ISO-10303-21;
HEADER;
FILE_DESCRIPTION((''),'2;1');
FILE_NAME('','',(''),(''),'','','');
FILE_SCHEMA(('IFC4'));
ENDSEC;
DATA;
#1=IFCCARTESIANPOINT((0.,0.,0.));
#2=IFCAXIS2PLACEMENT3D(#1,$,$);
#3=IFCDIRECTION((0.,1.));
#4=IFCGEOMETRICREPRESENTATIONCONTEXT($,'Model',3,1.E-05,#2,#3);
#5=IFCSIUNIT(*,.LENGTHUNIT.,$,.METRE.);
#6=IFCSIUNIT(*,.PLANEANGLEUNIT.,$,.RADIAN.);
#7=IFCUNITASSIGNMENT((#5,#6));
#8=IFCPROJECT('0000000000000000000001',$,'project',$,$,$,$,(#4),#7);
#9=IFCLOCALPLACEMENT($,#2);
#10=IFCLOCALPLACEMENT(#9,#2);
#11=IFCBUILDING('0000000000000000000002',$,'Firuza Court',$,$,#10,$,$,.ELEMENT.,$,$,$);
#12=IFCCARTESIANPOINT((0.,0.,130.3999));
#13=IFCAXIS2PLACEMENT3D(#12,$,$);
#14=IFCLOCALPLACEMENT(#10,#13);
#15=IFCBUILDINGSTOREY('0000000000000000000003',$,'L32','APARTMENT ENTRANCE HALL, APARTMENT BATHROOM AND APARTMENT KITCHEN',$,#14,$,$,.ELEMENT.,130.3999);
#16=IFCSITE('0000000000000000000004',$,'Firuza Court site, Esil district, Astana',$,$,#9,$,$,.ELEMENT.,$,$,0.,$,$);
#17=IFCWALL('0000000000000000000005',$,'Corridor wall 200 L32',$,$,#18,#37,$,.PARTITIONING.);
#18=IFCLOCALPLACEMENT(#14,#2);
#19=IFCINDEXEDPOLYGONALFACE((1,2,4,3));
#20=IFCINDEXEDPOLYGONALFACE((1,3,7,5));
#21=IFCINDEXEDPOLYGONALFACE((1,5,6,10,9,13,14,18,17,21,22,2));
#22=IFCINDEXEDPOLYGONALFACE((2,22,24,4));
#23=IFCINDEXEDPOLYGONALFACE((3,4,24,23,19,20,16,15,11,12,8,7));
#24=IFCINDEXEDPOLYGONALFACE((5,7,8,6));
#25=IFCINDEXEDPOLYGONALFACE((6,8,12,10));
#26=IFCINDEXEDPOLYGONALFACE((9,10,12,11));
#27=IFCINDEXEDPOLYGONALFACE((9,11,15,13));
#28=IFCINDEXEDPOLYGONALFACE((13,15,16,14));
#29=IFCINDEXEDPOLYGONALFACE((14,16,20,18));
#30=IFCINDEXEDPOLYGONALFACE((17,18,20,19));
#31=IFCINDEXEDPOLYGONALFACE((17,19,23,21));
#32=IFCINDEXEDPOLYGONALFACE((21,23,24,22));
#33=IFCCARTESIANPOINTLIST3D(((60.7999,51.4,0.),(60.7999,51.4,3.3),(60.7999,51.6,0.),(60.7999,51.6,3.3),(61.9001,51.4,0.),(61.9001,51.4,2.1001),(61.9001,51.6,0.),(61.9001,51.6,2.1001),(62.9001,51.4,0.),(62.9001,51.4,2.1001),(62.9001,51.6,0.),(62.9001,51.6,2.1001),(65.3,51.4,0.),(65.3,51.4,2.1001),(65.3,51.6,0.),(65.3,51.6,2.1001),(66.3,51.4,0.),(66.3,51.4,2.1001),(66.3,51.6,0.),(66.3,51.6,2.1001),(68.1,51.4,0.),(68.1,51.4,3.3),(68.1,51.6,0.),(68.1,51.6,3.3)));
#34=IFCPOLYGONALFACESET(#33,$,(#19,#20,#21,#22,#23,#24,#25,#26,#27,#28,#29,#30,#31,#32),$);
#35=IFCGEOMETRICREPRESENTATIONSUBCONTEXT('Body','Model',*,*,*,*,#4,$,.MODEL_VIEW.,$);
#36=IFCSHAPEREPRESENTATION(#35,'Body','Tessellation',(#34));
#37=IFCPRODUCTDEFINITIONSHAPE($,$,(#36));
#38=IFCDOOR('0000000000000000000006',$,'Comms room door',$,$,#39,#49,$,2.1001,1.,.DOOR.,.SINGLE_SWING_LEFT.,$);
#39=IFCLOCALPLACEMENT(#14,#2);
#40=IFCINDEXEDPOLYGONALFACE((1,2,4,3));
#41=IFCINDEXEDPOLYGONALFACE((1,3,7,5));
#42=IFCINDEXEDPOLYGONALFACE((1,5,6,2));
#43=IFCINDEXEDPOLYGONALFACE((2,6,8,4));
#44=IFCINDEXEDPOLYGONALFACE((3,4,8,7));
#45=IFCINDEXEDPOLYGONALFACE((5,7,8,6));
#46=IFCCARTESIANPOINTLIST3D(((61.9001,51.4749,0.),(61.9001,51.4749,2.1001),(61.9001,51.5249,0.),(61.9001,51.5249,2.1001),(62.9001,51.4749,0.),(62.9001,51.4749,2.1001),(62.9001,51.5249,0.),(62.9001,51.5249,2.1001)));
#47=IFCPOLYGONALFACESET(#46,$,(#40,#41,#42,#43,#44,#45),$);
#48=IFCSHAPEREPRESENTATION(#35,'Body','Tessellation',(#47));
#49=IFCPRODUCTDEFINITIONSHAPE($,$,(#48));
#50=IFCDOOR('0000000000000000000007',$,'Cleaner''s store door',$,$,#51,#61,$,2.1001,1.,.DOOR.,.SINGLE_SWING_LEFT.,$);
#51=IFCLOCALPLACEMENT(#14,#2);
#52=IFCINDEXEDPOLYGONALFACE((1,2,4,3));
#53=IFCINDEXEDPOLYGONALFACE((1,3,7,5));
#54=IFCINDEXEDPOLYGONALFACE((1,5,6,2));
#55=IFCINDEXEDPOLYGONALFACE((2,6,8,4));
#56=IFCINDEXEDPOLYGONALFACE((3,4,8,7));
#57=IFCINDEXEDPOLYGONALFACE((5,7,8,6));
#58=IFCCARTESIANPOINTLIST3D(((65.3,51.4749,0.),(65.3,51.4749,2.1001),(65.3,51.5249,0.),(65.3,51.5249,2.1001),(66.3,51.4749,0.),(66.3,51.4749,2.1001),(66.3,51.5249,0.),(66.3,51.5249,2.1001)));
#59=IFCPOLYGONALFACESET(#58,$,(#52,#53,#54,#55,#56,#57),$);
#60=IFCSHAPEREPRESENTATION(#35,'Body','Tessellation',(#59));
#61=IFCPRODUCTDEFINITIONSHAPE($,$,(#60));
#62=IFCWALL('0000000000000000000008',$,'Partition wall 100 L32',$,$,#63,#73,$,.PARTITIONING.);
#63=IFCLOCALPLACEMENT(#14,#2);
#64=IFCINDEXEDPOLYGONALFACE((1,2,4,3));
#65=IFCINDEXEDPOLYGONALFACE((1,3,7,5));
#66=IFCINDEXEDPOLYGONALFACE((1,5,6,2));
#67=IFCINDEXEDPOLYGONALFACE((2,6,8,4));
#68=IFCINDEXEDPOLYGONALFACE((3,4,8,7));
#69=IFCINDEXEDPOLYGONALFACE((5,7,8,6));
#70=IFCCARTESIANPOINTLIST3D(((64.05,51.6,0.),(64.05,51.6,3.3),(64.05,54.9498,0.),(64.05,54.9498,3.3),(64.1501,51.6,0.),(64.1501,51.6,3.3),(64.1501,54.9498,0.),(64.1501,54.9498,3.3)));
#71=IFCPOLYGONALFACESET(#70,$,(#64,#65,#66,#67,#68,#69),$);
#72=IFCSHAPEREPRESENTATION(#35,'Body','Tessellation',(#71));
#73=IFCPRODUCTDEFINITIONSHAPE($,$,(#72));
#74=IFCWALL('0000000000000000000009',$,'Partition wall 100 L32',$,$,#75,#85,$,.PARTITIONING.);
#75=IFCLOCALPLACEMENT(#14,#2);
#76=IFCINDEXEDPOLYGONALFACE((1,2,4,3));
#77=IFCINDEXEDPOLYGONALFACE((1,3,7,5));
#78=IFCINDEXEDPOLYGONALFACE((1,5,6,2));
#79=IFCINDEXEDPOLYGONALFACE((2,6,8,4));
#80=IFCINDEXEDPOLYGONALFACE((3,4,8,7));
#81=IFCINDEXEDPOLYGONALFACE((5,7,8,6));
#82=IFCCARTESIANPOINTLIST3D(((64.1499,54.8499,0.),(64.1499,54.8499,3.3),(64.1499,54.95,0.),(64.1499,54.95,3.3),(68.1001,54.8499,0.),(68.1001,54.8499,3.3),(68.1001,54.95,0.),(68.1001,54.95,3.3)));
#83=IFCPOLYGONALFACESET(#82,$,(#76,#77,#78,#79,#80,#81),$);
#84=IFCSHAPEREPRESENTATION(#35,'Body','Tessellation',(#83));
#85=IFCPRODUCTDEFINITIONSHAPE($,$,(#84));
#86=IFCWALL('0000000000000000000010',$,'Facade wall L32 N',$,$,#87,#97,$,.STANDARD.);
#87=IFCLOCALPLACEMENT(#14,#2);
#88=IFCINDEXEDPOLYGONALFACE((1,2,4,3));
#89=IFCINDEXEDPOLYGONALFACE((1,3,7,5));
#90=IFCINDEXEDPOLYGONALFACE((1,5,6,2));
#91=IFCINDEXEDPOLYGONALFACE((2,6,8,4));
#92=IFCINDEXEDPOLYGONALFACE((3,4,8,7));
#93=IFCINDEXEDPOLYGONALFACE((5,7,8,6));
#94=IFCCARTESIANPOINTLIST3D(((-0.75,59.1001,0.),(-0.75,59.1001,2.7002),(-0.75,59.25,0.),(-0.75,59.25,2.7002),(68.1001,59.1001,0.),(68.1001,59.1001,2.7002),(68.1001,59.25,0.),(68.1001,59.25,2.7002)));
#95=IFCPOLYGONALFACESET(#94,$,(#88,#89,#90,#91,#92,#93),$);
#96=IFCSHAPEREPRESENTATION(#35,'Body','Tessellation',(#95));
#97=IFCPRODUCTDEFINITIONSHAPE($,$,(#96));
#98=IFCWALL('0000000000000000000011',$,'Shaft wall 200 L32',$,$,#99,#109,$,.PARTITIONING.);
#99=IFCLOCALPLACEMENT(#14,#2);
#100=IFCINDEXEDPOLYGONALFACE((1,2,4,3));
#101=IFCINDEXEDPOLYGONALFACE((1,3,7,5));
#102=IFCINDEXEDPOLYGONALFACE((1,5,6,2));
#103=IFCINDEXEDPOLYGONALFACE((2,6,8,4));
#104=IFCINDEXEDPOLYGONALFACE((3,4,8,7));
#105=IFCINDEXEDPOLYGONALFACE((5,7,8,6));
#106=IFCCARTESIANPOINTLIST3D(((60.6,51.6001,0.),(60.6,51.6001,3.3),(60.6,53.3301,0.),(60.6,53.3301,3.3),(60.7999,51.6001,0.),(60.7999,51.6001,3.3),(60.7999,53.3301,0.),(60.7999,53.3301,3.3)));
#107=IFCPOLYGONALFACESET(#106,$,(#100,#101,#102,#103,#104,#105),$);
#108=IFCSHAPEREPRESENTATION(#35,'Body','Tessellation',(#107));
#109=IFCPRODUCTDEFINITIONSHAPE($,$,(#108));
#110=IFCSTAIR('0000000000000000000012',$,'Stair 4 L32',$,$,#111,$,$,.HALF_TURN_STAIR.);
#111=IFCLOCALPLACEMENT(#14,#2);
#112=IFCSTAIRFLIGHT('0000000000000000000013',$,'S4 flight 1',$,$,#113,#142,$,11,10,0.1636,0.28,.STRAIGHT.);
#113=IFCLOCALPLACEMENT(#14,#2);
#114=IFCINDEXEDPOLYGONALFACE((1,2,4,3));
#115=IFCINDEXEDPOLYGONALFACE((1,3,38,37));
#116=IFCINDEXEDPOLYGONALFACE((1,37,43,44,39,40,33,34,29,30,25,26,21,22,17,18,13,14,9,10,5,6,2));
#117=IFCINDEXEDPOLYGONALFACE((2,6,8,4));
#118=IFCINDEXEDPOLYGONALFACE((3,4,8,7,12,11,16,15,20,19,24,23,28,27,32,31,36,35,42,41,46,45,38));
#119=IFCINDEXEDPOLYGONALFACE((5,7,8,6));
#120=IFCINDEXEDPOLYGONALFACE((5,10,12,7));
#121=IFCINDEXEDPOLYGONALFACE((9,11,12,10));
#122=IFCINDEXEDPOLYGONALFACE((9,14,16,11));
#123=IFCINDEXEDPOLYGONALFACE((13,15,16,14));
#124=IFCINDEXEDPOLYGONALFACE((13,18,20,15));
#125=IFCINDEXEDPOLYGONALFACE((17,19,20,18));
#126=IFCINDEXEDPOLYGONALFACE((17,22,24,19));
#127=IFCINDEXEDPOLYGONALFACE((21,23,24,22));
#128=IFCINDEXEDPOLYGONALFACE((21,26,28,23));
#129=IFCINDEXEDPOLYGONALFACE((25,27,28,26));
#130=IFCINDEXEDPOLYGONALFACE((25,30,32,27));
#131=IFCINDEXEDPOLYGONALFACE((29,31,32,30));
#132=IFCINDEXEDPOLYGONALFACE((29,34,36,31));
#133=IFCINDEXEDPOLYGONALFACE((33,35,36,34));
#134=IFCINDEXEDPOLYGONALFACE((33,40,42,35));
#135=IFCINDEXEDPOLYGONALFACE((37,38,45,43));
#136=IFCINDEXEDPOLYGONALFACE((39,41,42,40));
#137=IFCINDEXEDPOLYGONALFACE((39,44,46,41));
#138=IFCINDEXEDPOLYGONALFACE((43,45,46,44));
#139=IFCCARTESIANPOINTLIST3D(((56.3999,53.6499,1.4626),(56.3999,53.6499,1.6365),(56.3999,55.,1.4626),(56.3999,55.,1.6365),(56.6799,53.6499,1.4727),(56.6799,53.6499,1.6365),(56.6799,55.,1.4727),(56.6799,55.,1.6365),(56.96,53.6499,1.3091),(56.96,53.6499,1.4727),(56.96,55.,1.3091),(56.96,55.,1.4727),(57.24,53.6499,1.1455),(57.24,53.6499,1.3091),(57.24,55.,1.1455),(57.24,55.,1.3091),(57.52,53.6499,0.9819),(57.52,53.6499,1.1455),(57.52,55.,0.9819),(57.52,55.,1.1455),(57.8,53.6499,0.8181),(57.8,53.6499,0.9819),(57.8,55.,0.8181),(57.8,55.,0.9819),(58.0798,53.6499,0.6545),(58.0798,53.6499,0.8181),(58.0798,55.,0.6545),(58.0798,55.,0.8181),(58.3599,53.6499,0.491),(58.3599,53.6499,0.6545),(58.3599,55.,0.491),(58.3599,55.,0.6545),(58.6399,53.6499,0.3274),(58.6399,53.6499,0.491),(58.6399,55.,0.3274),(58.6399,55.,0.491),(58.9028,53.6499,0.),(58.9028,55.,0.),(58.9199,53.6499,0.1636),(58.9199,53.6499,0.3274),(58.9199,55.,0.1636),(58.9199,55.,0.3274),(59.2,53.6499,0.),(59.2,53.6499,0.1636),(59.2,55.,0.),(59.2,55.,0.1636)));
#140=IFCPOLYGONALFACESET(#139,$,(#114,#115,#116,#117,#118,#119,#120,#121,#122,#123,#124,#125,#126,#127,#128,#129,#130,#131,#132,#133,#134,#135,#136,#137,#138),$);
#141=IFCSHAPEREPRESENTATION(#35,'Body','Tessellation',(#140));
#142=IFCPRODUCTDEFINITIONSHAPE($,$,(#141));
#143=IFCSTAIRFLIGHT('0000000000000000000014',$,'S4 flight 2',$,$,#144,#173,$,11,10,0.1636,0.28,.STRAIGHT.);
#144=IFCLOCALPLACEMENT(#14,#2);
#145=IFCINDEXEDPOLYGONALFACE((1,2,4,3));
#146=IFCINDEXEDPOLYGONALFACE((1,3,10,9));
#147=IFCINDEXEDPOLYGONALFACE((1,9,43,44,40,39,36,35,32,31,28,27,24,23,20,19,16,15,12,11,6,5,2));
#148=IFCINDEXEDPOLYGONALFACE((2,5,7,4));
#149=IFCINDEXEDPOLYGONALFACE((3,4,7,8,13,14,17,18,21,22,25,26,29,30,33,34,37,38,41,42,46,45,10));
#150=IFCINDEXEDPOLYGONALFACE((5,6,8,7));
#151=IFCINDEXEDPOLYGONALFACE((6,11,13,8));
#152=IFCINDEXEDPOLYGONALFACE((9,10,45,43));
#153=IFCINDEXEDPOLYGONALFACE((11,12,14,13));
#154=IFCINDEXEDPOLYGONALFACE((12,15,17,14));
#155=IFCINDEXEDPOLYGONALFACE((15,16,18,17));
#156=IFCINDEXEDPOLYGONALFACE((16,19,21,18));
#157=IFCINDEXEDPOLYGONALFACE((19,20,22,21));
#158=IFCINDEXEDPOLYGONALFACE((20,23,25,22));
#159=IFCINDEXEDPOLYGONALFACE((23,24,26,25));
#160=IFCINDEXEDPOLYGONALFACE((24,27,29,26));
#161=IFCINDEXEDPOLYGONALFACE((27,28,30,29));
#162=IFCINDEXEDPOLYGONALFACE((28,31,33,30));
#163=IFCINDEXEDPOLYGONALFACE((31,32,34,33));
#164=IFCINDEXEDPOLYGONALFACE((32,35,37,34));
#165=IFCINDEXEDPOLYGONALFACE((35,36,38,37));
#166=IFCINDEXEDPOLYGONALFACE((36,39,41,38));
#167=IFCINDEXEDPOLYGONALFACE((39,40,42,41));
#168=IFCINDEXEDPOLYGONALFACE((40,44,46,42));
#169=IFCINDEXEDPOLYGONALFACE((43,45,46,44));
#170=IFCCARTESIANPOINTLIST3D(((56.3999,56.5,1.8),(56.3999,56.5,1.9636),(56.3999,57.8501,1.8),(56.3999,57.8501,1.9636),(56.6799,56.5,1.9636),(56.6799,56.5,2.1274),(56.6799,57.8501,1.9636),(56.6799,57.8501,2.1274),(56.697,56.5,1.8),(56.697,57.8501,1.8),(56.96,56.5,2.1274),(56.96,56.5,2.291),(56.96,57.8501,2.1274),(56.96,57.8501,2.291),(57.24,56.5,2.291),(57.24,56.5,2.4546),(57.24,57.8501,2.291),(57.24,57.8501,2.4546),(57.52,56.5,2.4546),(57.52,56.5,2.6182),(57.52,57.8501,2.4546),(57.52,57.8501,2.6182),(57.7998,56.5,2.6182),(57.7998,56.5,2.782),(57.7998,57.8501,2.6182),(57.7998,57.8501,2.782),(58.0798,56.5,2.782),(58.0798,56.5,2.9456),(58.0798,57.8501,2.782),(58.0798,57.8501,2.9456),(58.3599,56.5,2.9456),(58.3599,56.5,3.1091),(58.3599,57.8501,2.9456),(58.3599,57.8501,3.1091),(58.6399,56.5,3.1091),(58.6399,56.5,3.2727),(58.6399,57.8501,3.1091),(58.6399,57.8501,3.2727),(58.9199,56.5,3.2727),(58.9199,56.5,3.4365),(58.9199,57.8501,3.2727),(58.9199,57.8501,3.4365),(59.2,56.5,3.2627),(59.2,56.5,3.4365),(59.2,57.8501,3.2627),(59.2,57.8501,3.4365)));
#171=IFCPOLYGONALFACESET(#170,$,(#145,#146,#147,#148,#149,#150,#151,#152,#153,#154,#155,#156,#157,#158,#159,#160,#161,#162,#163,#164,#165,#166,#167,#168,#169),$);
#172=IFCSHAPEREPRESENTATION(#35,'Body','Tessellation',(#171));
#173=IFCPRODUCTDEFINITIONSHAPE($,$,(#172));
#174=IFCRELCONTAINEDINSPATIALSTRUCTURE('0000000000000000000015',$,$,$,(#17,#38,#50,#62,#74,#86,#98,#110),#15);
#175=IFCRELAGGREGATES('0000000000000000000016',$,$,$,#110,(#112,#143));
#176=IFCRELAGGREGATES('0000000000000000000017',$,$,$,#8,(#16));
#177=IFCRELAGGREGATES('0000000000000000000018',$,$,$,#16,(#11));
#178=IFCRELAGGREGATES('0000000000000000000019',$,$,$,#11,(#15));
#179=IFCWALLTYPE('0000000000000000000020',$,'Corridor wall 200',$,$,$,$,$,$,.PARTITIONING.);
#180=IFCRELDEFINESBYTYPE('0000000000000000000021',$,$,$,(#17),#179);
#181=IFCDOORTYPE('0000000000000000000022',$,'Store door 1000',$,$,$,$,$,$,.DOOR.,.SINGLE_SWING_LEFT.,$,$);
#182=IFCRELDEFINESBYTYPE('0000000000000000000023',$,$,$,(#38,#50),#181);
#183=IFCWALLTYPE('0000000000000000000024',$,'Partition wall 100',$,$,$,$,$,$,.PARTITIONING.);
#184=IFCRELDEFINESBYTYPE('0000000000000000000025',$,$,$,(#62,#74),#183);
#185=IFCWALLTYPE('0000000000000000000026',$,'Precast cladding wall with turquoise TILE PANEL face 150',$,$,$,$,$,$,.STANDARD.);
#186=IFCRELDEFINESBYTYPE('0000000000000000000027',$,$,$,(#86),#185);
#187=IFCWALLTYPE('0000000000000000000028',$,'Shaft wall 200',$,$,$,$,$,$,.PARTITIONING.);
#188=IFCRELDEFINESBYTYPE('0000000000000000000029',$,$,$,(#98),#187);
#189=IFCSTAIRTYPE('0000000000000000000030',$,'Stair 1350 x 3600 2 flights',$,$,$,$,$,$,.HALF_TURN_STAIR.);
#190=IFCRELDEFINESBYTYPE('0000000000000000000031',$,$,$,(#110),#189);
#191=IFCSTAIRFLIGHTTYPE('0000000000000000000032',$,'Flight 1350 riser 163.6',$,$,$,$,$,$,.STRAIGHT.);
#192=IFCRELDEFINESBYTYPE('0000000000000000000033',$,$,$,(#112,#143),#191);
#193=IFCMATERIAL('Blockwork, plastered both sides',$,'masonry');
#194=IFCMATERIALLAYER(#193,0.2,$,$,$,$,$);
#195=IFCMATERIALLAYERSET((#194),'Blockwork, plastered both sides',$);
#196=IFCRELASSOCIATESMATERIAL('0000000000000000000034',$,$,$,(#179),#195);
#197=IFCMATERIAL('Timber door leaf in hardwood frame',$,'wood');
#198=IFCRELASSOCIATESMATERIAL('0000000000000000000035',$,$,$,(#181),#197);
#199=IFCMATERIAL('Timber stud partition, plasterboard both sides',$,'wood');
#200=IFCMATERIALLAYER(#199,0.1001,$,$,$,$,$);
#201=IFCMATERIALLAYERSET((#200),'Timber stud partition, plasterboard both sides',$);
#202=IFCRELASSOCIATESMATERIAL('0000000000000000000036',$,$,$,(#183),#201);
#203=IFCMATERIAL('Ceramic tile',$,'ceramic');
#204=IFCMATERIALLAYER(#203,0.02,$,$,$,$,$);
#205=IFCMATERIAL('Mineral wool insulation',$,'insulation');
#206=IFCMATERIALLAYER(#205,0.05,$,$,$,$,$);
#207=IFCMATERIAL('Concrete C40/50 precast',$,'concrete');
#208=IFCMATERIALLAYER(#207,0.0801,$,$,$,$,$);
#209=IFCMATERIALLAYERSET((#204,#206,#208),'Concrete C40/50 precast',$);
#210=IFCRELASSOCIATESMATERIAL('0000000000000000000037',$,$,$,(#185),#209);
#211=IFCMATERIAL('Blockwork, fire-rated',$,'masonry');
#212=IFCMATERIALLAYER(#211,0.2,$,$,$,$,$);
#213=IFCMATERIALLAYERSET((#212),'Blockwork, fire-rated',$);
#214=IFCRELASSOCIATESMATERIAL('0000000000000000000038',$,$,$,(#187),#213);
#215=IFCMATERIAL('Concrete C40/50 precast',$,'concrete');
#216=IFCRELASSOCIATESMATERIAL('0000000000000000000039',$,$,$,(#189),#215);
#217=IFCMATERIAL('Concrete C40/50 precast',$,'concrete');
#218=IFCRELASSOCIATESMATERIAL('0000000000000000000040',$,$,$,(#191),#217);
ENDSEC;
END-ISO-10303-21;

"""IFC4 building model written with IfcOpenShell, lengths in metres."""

from ifc_helpers import new_model, si_unit, direction, frame, frame_2d, origin, place, context, subcontext, project, spatial, polyline, rectangle, outline, extrude, material, layer, layer_set, type_object, element, fill, aggregate, save


model = new_model("IFC4")

# Units and contexts
model_context = context("Model", 3, precision=1e-05, world=origin(), true_north=direction((0.0, 1.0)))
body_context = subcontext(model_context, "Body", "Model", "MODEL_VIEW")
ifc_project = project(units=[si_unit("LENGTHUNIT", "METRE"), si_unit("PLANEANGLEUNIT", "RADIAN")], contexts=[model_context])

# Site, building, storey
site_placement = place(None, origin())
site = spatial("IfcSite", under=ifc_project, at=site_placement, Name="Firuza Court site, Esil district, Astana", CompositionType="ELEMENT", RefElevation=0.0)
building_placement = place(site_placement, origin())
building = spatial("IfcBuilding", under=site, at=building_placement, Name="Firuza Court", CompositionType="ELEMENT")
storey_placement = place(building_placement, frame((0.0, 0.0, 130.3999)))
storey = spatial("IfcBuildingStorey", under=building, at=storey_placement, Name="L32", Description="APARTMENT ENTRANCE HALL, APARTMENT BATHROOM AND APARTMENT KITCHEN", CompositionType="ELEMENT", Elevation=130.3999)

# Shared definitions
ifc_material_1 = material(Name="Blockwork, plastered both sides", Category="masonry")
ifc_layer_1 = layer(ifc_material_1, 0.2)
ifc_layer_set_1 = layer_set([ifc_layer_1], Name="Blockwork, plastered both sides")
wall_type_1 = type_object("IfcWallType", Name="Corridor wall 200", PredefinedType="PARTITIONING", material=ifc_layer_set_1)

# Wall, openings, doors
wall_1_placement = place(storey_placement, frame((60.8, 51.5, 0.0), z_axis=(0.0, 0.0, 1.0), x_axis=(1.0, 0.0, 0.0)))
wall_1 = element("IfcWall", 1, at=wall_1_placement, inside=storey, type_object=wall_type_1, Name="Corridor wall 200 L32", PredefinedType="PARTITIONING", context=body_context, shape_type="SweptSolid", body=[
    extrude(rectangle(XDim=7.3, YDim=0.2, at=frame_2d((3.6499, 0.0))), origin(), (0.0, 0.0, 1.0), 3.3),
])
opening_1_placement = place(wall_1_placement, frame((1.1001, 0.0, 0.0)))
opening_1 = element("IfcOpeningElement", 2, at=opening_1_placement, cuts=wall_1, PredefinedType="OPENING", context=body_context, shape_type="SweptSolid", body=[
    extrude(rectangle(XDim=1.0, YDim=2.1001, at=frame_2d((0.5, 1.05))), frame((0.0, 0.1118, 0.0), z_axis=(0.0, -1.0, 0.0), x_axis=(1.0, 0.0, 0.0)), (0.0, 0.0, 1.0), 0.2239),
])
opening_2_placement = place(wall_1_placement, frame((4.5, 0.0, 0.0)))
opening_2 = element("IfcOpeningElement", 3, at=opening_2_placement, cuts=wall_1, PredefinedType="OPENING", context=body_context, shape_type="SweptSolid", body=[
    extrude(rectangle(XDim=1.0, YDim=2.1001, at=frame_2d((0.5, 1.05))), frame((0.0, 0.1118, 0.0), z_axis=(0.0, -1.0, 0.0), x_axis=(1.0, 0.0, 0.0)), (0.0, 0.0, 1.0), 0.2239),
])
ifc_material_2 = material(Name="Timber door leaf in hardwood frame", Category="wood")
door_type_1 = type_object("IfcDoorType", Name="Store door 1000", OperationType="SINGLE_SWING_LEFT", PredefinedType="DOOR", material=ifc_material_2)
door_1_placement = place(opening_1_placement, origin())
door_1 = element("IfcDoor", 4, at=door_1_placement, inside=storey, type_object=door_type_1, Name="Comms room door", OperationType="SINGLE_SWING_LEFT", OverallHeight=2.1001, OverallWidth=1.0, PredefinedType="DOOR", context=body_context, shape_type="SweptSolid", body=[
    extrude(rectangle(XDim=1.0, YDim=2.1001, at=frame_2d((0.5, 1.05))), frame((0.0, 0.0249, 0.0), z_axis=(0.0, -1.0, 0.0), x_axis=(1.0, 0.0, 0.0)), (0.0, 0.0, 1.0), 0.05),
])
fill(opening_1, door_1)
door_2_placement = place(opening_2_placement, origin())
door_2 = element("IfcDoor", 5, at=door_2_placement, inside=storey, type_object=door_type_1, Name="Cleaner's store door", OperationType="SINGLE_SWING_LEFT", OverallHeight=2.1001, OverallWidth=1.0, PredefinedType="DOOR", context=body_context, shape_type="SweptSolid", body=[
    extrude(rectangle(XDim=1.0, YDim=2.1001, at=frame_2d((0.5, 1.05))), frame((0.0, 0.0249, 0.0), z_axis=(0.0, -1.0, 0.0), x_axis=(1.0, 0.0, 0.0)), (0.0, 0.0, 1.0), 0.05),
])
fill(opening_2, door_2)

# Walls
ifc_material_3 = material(Name="Timber stud partition, plasterboard both sides", Category="wood")
ifc_layer_2 = layer(ifc_material_3, 0.1001)
ifc_layer_set_2 = layer_set([ifc_layer_2], Name="Timber stud partition, plasterboard both sides")
wall_type_2 = type_object("IfcWallType", Name="Partition wall 100", PredefinedType="PARTITIONING", material=ifc_layer_set_2)
wall_2_placement = place(storey_placement, frame((64.1001, 51.6001, 0.0), z_axis=(0.0, 0.0, 1.0), x_axis=(0.0, 1.0, 0.0)))
element("IfcWall", 6, at=wall_2_placement, inside=storey, type_object=wall_type_2, Name="Partition wall 100 L32", PredefinedType="PARTITIONING", context=body_context, shape_type="SweptSolid", body=[
    extrude(rectangle(XDim=3.3499, YDim=0.1001, at=frame_2d((1.6748, 0.0))), origin(), (0.0, 0.0, 1.0), 3.3),
])
wall_3_placement = place(storey_placement, frame((64.1499, 54.8999, 0.0), z_axis=(0.0, 0.0, 1.0), x_axis=(1.0, 0.0, 0.0)))
element("IfcWall", 7, at=wall_3_placement, inside=storey, type_object=wall_type_2, Name="Partition wall 100 L32", PredefinedType="PARTITIONING", context=body_context, shape_type="SweptSolid", body=[
    extrude(rectangle(XDim=3.9502, YDim=0.1001, at=frame_2d((1.9751, 0.0))), origin(), (0.0, 0.0, 1.0), 3.3),
])
ifc_material_4 = material(Name="Ceramic tile", Category="ceramic")
ifc_layer_3 = layer(ifc_material_4, 0.02)
ifc_material_5 = material(Name="Mineral wool insulation", Category="insulation")
ifc_layer_4 = layer(ifc_material_5, 0.05)
ifc_material_6 = material(Name="Concrete C40/50 precast", Category="concrete")
ifc_layer_5 = layer(ifc_material_6, 0.0801)
ifc_layer_set_3 = layer_set([ifc_layer_3, ifc_layer_4, ifc_layer_5], Name="Concrete C40/50 precast")
wall_type_3 = type_object("IfcWallType", Name="Precast cladding wall with turquoise TILE PANEL face 150", PredefinedType="STANDARD", material=ifc_layer_set_3)
wall_4_placement = place(storey_placement, frame((68.1001, 59.175, 0.0), z_axis=(0.0, 0.0, 1.0), x_axis=(-1.0, 0.0, 0.0)))
element("IfcWall", 8, at=wall_4_placement, inside=storey, type_object=wall_type_3, Name="Facade wall L32 N", PredefinedType="STANDARD", context=body_context, shape_type="SweptSolid", body=[
    extrude(rectangle(XDim=68.8501, YDim=0.1499, at=frame_2d((34.425, 0.0))), origin(), (0.0, 0.0, 1.0), 2.7002),
])
ifc_material_7 = material(Name="Blockwork, fire-rated", Category="masonry")
ifc_layer_6 = layer(ifc_material_7, 0.2)
ifc_layer_set_4 = layer_set([ifc_layer_6], Name="Blockwork, fire-rated")
wall_type_4 = type_object("IfcWallType", Name="Shaft wall 200", PredefinedType="PARTITIONING", material=ifc_layer_set_4)
wall_5_placement = place(storey_placement, frame((60.7, 51.6001, 0.0), z_axis=(0.0, 0.0, 1.0), x_axis=(0.0, 1.0, 0.0)))
element("IfcWall", 9, at=wall_5_placement, inside=storey, type_object=wall_type_4, Name="Shaft wall 200 L32", PredefinedType="PARTITIONING", context=body_context, shape_type="SweptSolid", body=[
    extrude(rectangle(XDim=1.73, YDim=0.2, at=frame_2d((0.865, 0.0))), origin(), (0.0, 0.0, 1.0), 3.3),
])

# Stair, stair flights
ifc_material_8 = material(Name="Concrete C40/50 precast", Category="concrete")
stair_type = type_object("IfcStairType", Name="Stair 1350 x 3600 2 flights", PredefinedType="HALF_TURN_STAIR", material=ifc_material_8)
stair_placement = place(storey_placement, origin())
stair = element("IfcStair", 10, at=stair_placement, inside=storey, type_object=stair_type, Name="Stair 4 L32", PredefinedType="HALF_TURN_STAIR")
ifc_material_9 = material(Name="Concrete C40/50 precast", Category="concrete")
stair_flight_type = type_object("IfcStairFlightType", Name="Flight 1350 riser 163.6", PredefinedType="STRAIGHT", material=ifc_material_9)
stair_flight_1_placement = place(storey_placement, frame((59.2, 54.325, 0.0), z_axis=(0.0, 0.0, 1.0), x_axis=(-1.0, 0.0, 0.0)))
stair_flight_1 = element("IfcStairFlight", 11, at=stair_flight_1_placement, type_object=stair_flight_type, Name="S4 flight 1", NumberOfRisers=11, NumberOfTreads=10, PredefinedType="STRAIGHT", RiserHeight=0.1636, TreadLength=0.28, context=body_context, shape_type="SweptSolid", body=[
    extrude(outline(polyline([(0.0, 0.0), (0.0, 0.1636), (0.28, 0.1636), (0.28, 0.3274), (0.5601, 0.3274), (0.5601, 0.491), (0.8401, 0.491), (0.8401, 0.6545), (1.1201, 0.6545), (1.1201, 0.8181), (1.3999, 0.8181), (1.3999, 0.9819), (1.6799, 0.9819), (1.6799, 1.1455), (1.96, 1.1455), (1.96, 1.3091), (2.24, 1.3091), (2.24, 1.4727), (2.52, 1.4727), (2.52, 1.6365), (2.8, 1.6365), (2.8, 1.8), (2.8, 1.4626), (0.2971, 0.0), (0.0, 0.0)])), frame((0.0, 0.675, 0.0), z_axis=(0.0, -1.0, 0.0), x_axis=(1.0, 0.0, 0.0)), (0.0, 0.0, 1.0), 1.3501),
])
stair_flight_2_placement = place(storey_placement, frame((56.3999, 57.175, 1.8), z_axis=(0.0, 0.0, 1.0), x_axis=(1.0, 0.0, 0.0)))
stair_flight_2 = element("IfcStairFlight", 12, at=stair_flight_2_placement, type_object=stair_flight_type, Name="S4 flight 2", NumberOfRisers=11, NumberOfTreads=10, PredefinedType="STRAIGHT", RiserHeight=0.1636, TreadLength=0.28, context=body_context, shape_type="SweptSolid", body=[
    extrude(outline(polyline([(0.0, 0.0), (0.0, 0.1636), (0.28, 0.1636), (0.28, 0.3274), (0.5601, 0.3274), (0.5601, 0.491), (0.8401, 0.491), (0.8401, 0.6545), (1.1201, 0.6545), (1.1201, 0.8181), (1.3999, 0.8181), (1.3999, 0.9819), (1.6799, 0.9819), (1.6799, 1.1455), (1.96, 1.1455), (1.96, 1.3091), (2.24, 1.3091), (2.24, 1.4727), (2.52, 1.4727), (2.52, 1.6365), (2.8, 1.6365), (2.8, 1.8), (2.8, 1.4626), (0.2971, 0.0), (0.0, 0.0)])), frame((0.0, 0.675, 0.0), z_axis=(0.0, -1.0, 0.0), x_axis=(1.0, 0.0, 0.0)), (0.0, 0.0, 1.0), 1.3501),
])
aggregate(stair, [stair_flight_1, stair_flight_2])

save(model, "model.ifc")
